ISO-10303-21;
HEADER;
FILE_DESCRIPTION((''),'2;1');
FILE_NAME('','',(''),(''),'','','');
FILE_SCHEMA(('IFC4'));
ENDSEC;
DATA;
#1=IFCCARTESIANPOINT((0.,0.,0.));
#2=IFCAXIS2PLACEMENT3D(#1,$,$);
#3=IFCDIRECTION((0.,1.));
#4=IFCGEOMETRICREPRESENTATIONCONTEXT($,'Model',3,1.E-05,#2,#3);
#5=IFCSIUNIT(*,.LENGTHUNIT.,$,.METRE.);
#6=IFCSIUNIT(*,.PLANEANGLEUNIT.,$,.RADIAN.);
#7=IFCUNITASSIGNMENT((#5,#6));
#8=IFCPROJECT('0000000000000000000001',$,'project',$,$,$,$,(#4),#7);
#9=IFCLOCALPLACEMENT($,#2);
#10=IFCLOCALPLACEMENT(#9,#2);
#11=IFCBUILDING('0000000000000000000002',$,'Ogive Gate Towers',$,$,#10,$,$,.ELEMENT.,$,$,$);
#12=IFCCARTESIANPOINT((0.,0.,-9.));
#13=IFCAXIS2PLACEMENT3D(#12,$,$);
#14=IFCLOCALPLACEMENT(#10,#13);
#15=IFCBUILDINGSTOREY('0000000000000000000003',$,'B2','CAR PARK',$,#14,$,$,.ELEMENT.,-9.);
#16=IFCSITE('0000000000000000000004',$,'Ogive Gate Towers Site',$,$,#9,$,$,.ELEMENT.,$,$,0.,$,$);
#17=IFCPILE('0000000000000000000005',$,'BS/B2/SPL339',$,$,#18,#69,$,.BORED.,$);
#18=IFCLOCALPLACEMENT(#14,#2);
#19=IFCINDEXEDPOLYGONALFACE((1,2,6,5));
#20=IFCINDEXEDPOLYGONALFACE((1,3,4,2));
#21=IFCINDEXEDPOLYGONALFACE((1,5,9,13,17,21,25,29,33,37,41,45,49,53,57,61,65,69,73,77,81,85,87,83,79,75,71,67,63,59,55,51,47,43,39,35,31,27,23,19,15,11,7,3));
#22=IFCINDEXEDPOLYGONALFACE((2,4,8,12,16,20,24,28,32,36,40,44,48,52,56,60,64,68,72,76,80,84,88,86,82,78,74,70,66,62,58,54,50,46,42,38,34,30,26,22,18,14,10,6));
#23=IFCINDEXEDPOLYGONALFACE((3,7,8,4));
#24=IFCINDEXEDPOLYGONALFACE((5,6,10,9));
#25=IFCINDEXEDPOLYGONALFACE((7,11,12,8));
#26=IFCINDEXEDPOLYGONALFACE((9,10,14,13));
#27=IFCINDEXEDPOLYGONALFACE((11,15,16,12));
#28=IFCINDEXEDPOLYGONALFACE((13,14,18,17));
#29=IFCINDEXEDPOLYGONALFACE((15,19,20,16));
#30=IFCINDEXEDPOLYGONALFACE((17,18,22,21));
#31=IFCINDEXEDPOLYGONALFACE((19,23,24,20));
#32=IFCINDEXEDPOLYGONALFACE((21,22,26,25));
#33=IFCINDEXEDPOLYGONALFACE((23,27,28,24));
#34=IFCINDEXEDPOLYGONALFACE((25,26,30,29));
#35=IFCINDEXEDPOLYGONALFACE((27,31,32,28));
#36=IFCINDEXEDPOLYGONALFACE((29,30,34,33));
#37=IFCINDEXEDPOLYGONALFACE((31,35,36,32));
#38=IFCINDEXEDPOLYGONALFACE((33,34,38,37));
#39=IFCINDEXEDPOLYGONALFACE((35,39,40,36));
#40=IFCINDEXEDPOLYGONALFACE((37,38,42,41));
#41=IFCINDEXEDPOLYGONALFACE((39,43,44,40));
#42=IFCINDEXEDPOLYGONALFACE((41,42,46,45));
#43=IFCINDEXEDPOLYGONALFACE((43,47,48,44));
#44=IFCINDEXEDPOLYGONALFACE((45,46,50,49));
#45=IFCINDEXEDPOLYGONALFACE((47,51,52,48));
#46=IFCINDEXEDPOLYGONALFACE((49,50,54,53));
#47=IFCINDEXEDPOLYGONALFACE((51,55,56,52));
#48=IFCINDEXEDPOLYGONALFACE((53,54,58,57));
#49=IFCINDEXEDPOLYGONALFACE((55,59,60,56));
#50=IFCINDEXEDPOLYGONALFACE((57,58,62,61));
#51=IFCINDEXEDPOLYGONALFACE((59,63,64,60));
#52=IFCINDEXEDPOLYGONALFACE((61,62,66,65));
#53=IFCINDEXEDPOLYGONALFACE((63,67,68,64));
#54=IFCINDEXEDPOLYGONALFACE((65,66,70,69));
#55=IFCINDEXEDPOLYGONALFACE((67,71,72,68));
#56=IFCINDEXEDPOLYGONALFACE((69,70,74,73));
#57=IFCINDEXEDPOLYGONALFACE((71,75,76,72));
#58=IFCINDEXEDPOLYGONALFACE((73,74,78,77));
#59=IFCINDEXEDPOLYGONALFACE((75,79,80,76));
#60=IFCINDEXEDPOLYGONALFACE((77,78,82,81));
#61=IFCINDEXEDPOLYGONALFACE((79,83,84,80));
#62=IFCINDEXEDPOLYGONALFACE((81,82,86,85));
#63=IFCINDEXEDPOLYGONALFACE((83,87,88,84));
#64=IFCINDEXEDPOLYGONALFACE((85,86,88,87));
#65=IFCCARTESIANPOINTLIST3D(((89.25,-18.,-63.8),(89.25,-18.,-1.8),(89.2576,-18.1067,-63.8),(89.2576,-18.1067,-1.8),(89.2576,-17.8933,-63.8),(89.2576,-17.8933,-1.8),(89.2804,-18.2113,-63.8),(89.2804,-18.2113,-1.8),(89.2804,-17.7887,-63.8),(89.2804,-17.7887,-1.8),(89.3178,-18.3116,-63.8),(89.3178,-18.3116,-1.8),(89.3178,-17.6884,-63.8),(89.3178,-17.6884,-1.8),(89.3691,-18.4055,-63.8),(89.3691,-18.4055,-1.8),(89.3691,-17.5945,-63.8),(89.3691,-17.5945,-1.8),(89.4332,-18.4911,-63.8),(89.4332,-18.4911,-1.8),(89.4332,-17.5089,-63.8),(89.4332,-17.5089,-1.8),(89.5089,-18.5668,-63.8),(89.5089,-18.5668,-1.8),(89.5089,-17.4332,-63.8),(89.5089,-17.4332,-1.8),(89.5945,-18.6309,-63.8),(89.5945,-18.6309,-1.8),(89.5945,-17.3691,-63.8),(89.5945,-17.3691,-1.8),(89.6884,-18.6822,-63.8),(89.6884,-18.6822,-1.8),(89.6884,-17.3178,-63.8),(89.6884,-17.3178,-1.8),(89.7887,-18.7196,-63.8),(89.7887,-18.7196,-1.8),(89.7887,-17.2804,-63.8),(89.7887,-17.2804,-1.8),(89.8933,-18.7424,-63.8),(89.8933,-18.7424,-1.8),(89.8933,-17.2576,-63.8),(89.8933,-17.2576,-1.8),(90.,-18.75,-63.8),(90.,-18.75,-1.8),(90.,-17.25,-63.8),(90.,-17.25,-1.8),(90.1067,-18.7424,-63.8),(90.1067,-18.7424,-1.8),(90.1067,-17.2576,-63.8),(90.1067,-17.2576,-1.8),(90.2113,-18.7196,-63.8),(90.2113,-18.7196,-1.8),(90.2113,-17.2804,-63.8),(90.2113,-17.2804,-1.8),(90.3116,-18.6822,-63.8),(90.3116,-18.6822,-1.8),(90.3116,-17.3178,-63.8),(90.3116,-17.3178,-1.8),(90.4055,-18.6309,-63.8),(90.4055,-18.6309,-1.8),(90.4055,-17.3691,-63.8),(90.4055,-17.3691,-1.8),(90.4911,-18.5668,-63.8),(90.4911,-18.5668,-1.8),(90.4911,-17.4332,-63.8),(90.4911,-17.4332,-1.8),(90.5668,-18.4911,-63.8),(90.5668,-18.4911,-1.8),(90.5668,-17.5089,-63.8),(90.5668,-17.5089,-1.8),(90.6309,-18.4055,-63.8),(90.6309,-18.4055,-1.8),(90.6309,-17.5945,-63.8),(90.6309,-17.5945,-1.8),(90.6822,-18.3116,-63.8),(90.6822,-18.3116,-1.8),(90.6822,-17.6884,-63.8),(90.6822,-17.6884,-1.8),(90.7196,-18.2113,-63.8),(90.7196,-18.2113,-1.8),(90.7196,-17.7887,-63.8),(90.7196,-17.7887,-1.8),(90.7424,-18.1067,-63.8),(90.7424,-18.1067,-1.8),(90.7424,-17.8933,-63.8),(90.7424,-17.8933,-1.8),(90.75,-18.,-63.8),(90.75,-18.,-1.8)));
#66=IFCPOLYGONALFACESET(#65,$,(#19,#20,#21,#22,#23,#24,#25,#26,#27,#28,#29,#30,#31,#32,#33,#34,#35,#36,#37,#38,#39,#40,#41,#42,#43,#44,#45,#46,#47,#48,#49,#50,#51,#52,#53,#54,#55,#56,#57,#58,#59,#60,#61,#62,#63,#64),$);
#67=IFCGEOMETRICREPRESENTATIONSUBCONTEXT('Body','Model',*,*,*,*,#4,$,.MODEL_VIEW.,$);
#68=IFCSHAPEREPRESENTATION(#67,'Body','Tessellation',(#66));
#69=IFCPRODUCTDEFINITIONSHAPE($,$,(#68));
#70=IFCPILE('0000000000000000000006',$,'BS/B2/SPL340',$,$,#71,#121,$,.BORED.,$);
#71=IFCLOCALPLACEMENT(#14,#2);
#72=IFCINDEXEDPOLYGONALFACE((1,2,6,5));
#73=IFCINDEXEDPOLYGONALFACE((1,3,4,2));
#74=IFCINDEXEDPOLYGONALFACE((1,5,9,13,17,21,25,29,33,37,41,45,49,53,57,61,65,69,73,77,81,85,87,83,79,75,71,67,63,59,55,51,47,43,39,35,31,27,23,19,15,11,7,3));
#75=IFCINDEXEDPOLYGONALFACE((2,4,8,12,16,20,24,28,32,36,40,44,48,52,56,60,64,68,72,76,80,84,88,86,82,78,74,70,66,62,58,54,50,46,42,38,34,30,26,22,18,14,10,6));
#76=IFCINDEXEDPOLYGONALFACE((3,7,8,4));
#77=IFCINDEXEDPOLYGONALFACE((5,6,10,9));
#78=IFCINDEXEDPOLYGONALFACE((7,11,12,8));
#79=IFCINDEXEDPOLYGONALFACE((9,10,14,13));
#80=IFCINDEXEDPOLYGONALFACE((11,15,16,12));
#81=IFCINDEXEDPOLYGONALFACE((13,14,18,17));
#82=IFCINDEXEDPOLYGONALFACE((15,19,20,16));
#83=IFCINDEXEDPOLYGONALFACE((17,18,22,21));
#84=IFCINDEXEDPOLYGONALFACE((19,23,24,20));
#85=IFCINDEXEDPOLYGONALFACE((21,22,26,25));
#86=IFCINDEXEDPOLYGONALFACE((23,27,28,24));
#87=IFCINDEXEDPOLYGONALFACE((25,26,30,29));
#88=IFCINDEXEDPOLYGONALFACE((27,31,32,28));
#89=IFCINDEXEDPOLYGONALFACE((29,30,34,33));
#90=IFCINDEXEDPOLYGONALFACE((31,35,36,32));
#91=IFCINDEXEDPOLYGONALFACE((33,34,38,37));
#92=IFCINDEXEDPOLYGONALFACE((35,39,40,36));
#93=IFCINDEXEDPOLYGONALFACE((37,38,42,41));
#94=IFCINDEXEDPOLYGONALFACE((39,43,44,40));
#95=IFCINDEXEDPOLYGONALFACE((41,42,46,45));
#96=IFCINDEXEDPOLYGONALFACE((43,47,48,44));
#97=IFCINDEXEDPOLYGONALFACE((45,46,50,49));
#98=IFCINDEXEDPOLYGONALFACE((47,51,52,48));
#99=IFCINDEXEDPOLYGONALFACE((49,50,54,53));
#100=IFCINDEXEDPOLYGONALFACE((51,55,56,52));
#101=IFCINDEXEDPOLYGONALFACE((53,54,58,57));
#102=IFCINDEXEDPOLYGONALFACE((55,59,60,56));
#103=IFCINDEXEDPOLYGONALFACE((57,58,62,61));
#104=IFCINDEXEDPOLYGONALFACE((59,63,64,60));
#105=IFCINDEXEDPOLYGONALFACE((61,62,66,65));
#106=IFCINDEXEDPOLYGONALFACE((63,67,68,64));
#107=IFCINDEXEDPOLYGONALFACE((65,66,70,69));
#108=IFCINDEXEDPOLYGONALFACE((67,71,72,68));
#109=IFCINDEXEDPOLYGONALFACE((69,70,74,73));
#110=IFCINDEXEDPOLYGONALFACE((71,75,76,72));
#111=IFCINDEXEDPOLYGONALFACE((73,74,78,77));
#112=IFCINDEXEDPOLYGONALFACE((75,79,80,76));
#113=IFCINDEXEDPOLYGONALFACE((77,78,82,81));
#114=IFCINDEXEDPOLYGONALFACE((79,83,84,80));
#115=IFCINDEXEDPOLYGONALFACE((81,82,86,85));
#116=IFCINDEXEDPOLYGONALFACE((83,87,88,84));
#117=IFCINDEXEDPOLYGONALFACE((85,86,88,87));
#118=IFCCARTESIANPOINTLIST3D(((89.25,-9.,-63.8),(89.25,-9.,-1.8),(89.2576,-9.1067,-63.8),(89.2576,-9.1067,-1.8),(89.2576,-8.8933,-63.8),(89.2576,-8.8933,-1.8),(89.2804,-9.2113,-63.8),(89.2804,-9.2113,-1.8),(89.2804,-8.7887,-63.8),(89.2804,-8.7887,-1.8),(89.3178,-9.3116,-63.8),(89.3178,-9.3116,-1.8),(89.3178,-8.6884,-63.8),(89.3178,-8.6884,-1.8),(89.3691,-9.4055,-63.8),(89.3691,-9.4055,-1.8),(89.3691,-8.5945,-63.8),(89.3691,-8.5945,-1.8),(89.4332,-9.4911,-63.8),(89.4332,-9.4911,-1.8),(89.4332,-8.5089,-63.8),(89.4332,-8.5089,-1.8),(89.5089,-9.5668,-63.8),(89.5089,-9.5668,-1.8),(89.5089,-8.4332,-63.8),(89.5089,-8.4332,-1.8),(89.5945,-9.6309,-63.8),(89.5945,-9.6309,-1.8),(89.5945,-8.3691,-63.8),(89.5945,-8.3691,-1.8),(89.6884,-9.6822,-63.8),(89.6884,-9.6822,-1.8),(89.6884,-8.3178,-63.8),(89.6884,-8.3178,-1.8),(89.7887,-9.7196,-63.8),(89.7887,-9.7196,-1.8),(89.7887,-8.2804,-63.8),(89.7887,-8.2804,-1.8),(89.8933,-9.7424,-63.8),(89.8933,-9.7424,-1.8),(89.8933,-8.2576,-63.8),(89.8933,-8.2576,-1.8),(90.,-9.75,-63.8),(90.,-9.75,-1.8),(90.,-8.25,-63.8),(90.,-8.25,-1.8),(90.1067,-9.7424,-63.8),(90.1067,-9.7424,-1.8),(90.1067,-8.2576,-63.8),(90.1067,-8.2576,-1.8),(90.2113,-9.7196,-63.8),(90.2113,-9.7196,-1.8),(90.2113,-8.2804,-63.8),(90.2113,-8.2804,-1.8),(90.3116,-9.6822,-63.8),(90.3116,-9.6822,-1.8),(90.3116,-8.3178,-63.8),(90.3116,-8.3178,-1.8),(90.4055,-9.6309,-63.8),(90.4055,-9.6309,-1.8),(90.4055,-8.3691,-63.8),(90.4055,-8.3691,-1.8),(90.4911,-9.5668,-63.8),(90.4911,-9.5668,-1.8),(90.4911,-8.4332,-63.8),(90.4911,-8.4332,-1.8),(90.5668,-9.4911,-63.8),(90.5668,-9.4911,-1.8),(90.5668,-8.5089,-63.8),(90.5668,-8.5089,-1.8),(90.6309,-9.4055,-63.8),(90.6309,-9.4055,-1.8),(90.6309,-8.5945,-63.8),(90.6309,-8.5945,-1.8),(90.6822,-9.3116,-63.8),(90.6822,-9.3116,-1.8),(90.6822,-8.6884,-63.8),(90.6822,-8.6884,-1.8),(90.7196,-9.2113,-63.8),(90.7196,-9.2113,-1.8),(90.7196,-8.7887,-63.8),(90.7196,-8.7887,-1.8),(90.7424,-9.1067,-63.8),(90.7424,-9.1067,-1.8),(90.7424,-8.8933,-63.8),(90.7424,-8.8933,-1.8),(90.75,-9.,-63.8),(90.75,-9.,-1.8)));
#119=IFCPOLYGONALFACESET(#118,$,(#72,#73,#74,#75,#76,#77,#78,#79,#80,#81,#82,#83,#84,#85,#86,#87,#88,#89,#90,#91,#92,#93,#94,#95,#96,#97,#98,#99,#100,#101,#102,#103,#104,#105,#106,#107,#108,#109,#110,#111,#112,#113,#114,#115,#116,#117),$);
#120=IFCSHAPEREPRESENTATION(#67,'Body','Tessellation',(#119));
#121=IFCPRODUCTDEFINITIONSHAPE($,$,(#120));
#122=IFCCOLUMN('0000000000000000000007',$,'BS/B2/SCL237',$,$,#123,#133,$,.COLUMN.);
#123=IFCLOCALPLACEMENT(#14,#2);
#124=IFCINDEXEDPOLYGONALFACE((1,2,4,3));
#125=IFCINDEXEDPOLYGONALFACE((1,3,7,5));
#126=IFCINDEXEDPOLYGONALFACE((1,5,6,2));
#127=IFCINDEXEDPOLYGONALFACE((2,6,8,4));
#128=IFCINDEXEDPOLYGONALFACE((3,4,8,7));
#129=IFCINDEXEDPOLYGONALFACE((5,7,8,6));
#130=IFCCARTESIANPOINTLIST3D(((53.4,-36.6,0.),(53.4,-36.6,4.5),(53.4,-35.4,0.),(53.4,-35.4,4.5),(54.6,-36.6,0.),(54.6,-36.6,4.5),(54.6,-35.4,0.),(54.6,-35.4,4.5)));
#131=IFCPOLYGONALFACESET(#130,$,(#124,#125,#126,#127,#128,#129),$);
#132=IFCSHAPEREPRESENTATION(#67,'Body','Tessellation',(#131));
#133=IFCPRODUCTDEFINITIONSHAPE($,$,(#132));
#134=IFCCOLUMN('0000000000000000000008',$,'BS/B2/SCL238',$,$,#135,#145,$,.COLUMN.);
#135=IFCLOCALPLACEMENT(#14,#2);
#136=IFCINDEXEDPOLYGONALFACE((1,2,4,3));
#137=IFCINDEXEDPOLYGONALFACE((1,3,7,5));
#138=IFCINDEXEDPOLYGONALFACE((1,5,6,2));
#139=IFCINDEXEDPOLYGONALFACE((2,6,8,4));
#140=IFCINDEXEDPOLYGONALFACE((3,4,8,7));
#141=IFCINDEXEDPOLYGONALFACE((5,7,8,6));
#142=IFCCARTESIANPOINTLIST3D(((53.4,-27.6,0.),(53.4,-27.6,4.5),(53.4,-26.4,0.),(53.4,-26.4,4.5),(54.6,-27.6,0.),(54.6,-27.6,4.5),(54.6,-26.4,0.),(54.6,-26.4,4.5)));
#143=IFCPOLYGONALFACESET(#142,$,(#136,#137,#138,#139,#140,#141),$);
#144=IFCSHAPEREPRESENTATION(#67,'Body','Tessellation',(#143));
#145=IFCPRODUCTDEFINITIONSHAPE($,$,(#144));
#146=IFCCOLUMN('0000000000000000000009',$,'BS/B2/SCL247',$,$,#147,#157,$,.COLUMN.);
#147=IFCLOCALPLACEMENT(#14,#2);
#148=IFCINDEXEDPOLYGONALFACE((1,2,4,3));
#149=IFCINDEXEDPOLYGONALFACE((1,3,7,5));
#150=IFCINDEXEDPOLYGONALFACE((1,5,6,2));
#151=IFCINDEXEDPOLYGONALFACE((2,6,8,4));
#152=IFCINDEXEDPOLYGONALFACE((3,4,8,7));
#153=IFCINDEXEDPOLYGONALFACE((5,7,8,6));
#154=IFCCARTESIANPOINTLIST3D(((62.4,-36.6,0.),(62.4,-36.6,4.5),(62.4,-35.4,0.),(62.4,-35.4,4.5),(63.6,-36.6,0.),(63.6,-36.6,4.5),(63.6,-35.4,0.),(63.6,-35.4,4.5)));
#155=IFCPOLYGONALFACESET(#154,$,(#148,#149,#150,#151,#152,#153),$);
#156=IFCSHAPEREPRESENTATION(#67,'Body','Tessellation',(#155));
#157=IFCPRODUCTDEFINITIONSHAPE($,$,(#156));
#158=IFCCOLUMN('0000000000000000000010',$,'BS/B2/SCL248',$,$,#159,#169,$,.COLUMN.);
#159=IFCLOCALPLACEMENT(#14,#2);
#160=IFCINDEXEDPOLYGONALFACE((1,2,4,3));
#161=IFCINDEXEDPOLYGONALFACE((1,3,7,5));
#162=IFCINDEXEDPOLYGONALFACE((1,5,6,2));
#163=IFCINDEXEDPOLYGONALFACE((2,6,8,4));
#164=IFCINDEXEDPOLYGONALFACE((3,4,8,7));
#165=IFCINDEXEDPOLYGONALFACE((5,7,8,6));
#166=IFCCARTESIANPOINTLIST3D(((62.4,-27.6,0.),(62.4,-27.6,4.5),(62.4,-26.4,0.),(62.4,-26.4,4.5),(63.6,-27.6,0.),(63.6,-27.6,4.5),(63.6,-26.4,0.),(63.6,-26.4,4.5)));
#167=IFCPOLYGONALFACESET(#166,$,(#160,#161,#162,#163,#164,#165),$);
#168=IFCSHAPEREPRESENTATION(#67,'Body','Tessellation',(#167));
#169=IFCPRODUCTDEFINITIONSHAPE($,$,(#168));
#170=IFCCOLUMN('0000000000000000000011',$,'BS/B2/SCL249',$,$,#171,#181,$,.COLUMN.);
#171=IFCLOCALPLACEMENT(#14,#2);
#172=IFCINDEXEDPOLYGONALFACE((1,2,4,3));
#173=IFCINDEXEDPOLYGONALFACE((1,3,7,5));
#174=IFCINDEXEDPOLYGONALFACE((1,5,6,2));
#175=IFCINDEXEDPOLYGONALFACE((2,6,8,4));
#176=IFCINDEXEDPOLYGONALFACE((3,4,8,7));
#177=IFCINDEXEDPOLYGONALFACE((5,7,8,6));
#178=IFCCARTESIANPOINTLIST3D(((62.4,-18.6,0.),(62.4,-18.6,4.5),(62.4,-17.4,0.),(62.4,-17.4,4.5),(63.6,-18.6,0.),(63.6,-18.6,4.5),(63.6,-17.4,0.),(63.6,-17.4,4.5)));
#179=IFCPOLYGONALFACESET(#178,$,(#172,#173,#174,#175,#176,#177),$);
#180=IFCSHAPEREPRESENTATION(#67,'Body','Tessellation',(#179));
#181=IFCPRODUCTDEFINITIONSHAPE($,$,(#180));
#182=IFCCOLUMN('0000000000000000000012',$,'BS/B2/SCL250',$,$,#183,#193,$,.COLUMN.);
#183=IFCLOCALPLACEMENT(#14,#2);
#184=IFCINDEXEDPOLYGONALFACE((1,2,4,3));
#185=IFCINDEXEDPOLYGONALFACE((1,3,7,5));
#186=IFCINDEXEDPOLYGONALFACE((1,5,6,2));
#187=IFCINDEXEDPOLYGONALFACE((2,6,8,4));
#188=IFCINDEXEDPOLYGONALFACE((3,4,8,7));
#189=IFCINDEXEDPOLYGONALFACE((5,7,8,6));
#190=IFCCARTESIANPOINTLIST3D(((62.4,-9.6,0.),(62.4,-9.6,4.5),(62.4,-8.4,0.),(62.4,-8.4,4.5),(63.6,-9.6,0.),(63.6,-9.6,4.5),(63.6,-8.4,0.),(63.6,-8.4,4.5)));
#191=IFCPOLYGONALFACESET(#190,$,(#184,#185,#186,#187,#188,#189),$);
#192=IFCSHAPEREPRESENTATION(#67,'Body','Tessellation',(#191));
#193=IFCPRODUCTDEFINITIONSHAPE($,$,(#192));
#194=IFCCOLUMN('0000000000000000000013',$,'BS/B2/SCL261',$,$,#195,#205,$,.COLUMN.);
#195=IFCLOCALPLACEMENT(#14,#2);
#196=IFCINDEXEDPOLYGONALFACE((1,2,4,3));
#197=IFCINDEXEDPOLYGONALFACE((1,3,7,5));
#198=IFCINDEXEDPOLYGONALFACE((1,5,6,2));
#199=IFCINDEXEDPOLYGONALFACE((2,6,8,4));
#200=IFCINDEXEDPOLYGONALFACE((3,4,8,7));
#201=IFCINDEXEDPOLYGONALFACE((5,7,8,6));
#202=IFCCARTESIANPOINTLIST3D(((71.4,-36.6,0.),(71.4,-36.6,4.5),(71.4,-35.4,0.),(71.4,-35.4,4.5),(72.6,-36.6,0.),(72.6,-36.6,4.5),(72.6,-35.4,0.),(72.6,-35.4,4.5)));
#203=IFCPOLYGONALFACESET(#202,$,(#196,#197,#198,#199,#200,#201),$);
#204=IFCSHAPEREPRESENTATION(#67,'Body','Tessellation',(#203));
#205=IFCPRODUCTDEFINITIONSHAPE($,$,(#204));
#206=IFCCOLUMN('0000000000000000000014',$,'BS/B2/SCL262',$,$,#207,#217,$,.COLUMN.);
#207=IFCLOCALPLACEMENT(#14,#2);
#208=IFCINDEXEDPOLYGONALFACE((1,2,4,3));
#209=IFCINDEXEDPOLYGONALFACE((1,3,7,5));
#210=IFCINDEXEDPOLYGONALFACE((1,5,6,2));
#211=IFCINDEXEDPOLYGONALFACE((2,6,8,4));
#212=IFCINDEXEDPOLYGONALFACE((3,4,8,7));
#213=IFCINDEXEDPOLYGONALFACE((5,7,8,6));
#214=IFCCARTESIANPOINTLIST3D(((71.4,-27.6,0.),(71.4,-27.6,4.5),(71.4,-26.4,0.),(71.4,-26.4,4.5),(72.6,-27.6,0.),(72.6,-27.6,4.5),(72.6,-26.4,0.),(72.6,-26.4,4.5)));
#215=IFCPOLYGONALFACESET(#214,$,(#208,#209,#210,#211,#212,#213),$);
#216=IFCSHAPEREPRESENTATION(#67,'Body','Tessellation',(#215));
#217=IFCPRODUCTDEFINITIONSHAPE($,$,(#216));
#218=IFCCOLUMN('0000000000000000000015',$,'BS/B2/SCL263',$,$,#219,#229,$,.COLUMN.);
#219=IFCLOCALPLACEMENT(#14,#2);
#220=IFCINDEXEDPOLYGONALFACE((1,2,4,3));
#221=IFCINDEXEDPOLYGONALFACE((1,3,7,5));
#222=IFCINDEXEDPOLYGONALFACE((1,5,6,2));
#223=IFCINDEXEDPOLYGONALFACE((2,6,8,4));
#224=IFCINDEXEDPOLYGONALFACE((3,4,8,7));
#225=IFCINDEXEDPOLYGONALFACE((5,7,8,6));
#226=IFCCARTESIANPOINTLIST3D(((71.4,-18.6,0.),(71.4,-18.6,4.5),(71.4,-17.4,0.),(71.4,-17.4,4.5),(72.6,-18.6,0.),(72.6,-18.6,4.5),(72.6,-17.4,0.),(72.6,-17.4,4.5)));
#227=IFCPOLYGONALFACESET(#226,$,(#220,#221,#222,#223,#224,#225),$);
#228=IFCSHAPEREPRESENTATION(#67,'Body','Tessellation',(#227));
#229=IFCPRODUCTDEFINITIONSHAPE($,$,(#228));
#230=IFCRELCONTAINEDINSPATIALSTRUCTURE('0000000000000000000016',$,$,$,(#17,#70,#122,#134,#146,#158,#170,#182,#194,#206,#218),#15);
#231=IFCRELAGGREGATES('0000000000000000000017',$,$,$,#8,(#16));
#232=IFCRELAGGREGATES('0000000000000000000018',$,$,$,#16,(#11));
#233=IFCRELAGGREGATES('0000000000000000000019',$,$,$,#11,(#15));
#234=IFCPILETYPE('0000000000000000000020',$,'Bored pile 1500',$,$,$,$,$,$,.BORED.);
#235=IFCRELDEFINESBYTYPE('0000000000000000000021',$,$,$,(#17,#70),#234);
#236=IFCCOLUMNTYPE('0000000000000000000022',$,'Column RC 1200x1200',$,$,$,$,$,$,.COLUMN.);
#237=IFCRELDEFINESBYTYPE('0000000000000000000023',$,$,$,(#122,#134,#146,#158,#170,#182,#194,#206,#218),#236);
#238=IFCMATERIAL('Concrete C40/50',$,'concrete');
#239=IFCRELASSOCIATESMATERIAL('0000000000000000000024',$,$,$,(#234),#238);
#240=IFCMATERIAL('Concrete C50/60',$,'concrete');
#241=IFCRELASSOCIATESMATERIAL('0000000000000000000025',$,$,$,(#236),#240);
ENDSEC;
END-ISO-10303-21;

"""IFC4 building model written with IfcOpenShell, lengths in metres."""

from ifc_helpers import new_model, si_unit, direction, frame, origin, origin_2d, place, context, subcontext, project, spatial, rectangle, circle, extrude, material, material_profile, profile_set, type_object, element, save


model = new_model("IFC4")

# Units and contexts
model_context = context("Model", 3, precision=1e-05, world=origin(), true_north=direction((0.0, 1.0)))
body_context = subcontext(model_context, "Body", "Model", "MODEL_VIEW")
ifc_project = project(units=[si_unit("LENGTHUNIT", "METRE"), si_unit("PLANEANGLEUNIT", "RADIAN")], contexts=[model_context])

# Site, building, storey
site_placement = place(None, origin())
site = spatial("IfcSite", under=ifc_project, at=site_placement, Name="Ogive Gate Towers Site", CompositionType="ELEMENT", RefElevation=0.0)
building_placement = place(site_placement, origin())
building = spatial("IfcBuilding", under=site, at=building_placement, Name="Ogive Gate Towers", CompositionType="ELEMENT")
storey_placement = place(building_placement, frame((0.0, 0.0, -9.0)))
storey = spatial("IfcBuildingStorey", under=building, at=storey_placement, Name="B2", Description="CAR PARK", CompositionType="ELEMENT", Elevation=-9.0)

# Piles
ifc_material_1 = material(Name="Concrete C40/50", Category="concrete")
ifc_material_profile_1 = material_profile(ifc_material_1, circle(Radius=0.75, at=origin_2d()), Name="BP 1500")
ifc_profile_set_1 = profile_set([ifc_material_profile_1], Name="Concrete C40/50")
pile_type = type_object("IfcPileType", Name="Bored pile 1500", PredefinedType="BORED", material=ifc_profile_set_1)
for number, where, z_axis, x_axis, name in (
    (1, (90.0, -18.0, -1.8), (0.0, 0.0, -1.0), (1.0, 0.0, 0.0), "BS/B2/SPL339"),
    (2, (90.0, -9.0, -1.8), (0.0, 0.0, -1.0), (1.0, 0.0, 0.0), "BS/B2/SPL340"),
):
    element("IfcPile", number, at=place(storey_placement, frame(where, z_axis=z_axis, x_axis=x_axis)), inside=storey, type_object=pile_type, Name=name, PredefinedType="BORED", context=body_context, shape_type="SweptSolid", body=[
        extrude(circle(Radius=0.75, at=origin_2d()), origin(), (0.0, 0.0, 1.0), 62.0),
    ])

# Columns
ifc_material_2 = material(Name="Concrete C50/60", Category="concrete")
ifc_material_profile_2 = material_profile(ifc_material_2, rectangle(XDim=1.2, YDim=1.2, at=origin_2d()), Name="RC 1200x1200")
ifc_profile_set_2 = profile_set([ifc_material_profile_2], Name="Concrete C50/60")
column_type = type_object("IfcColumnType", Name="Column RC 1200x1200", PredefinedType="COLUMN", material=ifc_profile_set_2)
for number, where, z_axis, x_axis, name in (
    (3, (54.0, -36.0, 0.0), (0.0, 0.0, 1.0), (1.0, 0.0, 0.0), "BS/B2/SCL237"),
    (4, (54.0, -27.0, 0.0), (0.0, 0.0, 1.0), (1.0, 0.0, 0.0), "BS/B2/SCL238"),
    (5, (63.0, -36.0, 0.0), (0.0, 0.0, 1.0), (1.0, 0.0, 0.0), "BS/B2/SCL247"),
    (6, (63.0, -27.0, 0.0), (0.0, 0.0, 1.0), (1.0, 0.0, 0.0), "BS/B2/SCL248"),
    (7, (63.0, -18.0, 0.0), (0.0, 0.0, 1.0), (1.0, 0.0, 0.0), "BS/B2/SCL249"),
    (8, (63.0, -9.0, 0.0), (0.0, 0.0, 1.0), (1.0, 0.0, 0.0), "BS/B2/SCL250"),
    (9, (72.0, -36.0, 0.0), (0.0, 0.0, 1.0), (1.0, 0.0, 0.0), "BS/B2/SCL261"),
    (10, (72.0, -27.0, 0.0), (0.0, 0.0, 1.0), (1.0, 0.0, 0.0), "BS/B2/SCL262"),
    (11, (72.0, -18.0, 0.0), (0.0, 0.0, 1.0), (1.0, 0.0, 0.0), "BS/B2/SCL263"),
):
    element("IfcColumn", number, at=place(storey_placement, frame(where, z_axis=z_axis, x_axis=x_axis)), inside=storey, type_object=column_type, Name=name, PredefinedType="COLUMN", context=body_context, shape_type="SweptSolid", body=[
        extrude(rectangle(XDim=1.2, YDim=1.2, at=origin_2d()), origin(), (0.0, 0.0, 1.0), 4.5),
    ])

save(model, "model.ifc")
